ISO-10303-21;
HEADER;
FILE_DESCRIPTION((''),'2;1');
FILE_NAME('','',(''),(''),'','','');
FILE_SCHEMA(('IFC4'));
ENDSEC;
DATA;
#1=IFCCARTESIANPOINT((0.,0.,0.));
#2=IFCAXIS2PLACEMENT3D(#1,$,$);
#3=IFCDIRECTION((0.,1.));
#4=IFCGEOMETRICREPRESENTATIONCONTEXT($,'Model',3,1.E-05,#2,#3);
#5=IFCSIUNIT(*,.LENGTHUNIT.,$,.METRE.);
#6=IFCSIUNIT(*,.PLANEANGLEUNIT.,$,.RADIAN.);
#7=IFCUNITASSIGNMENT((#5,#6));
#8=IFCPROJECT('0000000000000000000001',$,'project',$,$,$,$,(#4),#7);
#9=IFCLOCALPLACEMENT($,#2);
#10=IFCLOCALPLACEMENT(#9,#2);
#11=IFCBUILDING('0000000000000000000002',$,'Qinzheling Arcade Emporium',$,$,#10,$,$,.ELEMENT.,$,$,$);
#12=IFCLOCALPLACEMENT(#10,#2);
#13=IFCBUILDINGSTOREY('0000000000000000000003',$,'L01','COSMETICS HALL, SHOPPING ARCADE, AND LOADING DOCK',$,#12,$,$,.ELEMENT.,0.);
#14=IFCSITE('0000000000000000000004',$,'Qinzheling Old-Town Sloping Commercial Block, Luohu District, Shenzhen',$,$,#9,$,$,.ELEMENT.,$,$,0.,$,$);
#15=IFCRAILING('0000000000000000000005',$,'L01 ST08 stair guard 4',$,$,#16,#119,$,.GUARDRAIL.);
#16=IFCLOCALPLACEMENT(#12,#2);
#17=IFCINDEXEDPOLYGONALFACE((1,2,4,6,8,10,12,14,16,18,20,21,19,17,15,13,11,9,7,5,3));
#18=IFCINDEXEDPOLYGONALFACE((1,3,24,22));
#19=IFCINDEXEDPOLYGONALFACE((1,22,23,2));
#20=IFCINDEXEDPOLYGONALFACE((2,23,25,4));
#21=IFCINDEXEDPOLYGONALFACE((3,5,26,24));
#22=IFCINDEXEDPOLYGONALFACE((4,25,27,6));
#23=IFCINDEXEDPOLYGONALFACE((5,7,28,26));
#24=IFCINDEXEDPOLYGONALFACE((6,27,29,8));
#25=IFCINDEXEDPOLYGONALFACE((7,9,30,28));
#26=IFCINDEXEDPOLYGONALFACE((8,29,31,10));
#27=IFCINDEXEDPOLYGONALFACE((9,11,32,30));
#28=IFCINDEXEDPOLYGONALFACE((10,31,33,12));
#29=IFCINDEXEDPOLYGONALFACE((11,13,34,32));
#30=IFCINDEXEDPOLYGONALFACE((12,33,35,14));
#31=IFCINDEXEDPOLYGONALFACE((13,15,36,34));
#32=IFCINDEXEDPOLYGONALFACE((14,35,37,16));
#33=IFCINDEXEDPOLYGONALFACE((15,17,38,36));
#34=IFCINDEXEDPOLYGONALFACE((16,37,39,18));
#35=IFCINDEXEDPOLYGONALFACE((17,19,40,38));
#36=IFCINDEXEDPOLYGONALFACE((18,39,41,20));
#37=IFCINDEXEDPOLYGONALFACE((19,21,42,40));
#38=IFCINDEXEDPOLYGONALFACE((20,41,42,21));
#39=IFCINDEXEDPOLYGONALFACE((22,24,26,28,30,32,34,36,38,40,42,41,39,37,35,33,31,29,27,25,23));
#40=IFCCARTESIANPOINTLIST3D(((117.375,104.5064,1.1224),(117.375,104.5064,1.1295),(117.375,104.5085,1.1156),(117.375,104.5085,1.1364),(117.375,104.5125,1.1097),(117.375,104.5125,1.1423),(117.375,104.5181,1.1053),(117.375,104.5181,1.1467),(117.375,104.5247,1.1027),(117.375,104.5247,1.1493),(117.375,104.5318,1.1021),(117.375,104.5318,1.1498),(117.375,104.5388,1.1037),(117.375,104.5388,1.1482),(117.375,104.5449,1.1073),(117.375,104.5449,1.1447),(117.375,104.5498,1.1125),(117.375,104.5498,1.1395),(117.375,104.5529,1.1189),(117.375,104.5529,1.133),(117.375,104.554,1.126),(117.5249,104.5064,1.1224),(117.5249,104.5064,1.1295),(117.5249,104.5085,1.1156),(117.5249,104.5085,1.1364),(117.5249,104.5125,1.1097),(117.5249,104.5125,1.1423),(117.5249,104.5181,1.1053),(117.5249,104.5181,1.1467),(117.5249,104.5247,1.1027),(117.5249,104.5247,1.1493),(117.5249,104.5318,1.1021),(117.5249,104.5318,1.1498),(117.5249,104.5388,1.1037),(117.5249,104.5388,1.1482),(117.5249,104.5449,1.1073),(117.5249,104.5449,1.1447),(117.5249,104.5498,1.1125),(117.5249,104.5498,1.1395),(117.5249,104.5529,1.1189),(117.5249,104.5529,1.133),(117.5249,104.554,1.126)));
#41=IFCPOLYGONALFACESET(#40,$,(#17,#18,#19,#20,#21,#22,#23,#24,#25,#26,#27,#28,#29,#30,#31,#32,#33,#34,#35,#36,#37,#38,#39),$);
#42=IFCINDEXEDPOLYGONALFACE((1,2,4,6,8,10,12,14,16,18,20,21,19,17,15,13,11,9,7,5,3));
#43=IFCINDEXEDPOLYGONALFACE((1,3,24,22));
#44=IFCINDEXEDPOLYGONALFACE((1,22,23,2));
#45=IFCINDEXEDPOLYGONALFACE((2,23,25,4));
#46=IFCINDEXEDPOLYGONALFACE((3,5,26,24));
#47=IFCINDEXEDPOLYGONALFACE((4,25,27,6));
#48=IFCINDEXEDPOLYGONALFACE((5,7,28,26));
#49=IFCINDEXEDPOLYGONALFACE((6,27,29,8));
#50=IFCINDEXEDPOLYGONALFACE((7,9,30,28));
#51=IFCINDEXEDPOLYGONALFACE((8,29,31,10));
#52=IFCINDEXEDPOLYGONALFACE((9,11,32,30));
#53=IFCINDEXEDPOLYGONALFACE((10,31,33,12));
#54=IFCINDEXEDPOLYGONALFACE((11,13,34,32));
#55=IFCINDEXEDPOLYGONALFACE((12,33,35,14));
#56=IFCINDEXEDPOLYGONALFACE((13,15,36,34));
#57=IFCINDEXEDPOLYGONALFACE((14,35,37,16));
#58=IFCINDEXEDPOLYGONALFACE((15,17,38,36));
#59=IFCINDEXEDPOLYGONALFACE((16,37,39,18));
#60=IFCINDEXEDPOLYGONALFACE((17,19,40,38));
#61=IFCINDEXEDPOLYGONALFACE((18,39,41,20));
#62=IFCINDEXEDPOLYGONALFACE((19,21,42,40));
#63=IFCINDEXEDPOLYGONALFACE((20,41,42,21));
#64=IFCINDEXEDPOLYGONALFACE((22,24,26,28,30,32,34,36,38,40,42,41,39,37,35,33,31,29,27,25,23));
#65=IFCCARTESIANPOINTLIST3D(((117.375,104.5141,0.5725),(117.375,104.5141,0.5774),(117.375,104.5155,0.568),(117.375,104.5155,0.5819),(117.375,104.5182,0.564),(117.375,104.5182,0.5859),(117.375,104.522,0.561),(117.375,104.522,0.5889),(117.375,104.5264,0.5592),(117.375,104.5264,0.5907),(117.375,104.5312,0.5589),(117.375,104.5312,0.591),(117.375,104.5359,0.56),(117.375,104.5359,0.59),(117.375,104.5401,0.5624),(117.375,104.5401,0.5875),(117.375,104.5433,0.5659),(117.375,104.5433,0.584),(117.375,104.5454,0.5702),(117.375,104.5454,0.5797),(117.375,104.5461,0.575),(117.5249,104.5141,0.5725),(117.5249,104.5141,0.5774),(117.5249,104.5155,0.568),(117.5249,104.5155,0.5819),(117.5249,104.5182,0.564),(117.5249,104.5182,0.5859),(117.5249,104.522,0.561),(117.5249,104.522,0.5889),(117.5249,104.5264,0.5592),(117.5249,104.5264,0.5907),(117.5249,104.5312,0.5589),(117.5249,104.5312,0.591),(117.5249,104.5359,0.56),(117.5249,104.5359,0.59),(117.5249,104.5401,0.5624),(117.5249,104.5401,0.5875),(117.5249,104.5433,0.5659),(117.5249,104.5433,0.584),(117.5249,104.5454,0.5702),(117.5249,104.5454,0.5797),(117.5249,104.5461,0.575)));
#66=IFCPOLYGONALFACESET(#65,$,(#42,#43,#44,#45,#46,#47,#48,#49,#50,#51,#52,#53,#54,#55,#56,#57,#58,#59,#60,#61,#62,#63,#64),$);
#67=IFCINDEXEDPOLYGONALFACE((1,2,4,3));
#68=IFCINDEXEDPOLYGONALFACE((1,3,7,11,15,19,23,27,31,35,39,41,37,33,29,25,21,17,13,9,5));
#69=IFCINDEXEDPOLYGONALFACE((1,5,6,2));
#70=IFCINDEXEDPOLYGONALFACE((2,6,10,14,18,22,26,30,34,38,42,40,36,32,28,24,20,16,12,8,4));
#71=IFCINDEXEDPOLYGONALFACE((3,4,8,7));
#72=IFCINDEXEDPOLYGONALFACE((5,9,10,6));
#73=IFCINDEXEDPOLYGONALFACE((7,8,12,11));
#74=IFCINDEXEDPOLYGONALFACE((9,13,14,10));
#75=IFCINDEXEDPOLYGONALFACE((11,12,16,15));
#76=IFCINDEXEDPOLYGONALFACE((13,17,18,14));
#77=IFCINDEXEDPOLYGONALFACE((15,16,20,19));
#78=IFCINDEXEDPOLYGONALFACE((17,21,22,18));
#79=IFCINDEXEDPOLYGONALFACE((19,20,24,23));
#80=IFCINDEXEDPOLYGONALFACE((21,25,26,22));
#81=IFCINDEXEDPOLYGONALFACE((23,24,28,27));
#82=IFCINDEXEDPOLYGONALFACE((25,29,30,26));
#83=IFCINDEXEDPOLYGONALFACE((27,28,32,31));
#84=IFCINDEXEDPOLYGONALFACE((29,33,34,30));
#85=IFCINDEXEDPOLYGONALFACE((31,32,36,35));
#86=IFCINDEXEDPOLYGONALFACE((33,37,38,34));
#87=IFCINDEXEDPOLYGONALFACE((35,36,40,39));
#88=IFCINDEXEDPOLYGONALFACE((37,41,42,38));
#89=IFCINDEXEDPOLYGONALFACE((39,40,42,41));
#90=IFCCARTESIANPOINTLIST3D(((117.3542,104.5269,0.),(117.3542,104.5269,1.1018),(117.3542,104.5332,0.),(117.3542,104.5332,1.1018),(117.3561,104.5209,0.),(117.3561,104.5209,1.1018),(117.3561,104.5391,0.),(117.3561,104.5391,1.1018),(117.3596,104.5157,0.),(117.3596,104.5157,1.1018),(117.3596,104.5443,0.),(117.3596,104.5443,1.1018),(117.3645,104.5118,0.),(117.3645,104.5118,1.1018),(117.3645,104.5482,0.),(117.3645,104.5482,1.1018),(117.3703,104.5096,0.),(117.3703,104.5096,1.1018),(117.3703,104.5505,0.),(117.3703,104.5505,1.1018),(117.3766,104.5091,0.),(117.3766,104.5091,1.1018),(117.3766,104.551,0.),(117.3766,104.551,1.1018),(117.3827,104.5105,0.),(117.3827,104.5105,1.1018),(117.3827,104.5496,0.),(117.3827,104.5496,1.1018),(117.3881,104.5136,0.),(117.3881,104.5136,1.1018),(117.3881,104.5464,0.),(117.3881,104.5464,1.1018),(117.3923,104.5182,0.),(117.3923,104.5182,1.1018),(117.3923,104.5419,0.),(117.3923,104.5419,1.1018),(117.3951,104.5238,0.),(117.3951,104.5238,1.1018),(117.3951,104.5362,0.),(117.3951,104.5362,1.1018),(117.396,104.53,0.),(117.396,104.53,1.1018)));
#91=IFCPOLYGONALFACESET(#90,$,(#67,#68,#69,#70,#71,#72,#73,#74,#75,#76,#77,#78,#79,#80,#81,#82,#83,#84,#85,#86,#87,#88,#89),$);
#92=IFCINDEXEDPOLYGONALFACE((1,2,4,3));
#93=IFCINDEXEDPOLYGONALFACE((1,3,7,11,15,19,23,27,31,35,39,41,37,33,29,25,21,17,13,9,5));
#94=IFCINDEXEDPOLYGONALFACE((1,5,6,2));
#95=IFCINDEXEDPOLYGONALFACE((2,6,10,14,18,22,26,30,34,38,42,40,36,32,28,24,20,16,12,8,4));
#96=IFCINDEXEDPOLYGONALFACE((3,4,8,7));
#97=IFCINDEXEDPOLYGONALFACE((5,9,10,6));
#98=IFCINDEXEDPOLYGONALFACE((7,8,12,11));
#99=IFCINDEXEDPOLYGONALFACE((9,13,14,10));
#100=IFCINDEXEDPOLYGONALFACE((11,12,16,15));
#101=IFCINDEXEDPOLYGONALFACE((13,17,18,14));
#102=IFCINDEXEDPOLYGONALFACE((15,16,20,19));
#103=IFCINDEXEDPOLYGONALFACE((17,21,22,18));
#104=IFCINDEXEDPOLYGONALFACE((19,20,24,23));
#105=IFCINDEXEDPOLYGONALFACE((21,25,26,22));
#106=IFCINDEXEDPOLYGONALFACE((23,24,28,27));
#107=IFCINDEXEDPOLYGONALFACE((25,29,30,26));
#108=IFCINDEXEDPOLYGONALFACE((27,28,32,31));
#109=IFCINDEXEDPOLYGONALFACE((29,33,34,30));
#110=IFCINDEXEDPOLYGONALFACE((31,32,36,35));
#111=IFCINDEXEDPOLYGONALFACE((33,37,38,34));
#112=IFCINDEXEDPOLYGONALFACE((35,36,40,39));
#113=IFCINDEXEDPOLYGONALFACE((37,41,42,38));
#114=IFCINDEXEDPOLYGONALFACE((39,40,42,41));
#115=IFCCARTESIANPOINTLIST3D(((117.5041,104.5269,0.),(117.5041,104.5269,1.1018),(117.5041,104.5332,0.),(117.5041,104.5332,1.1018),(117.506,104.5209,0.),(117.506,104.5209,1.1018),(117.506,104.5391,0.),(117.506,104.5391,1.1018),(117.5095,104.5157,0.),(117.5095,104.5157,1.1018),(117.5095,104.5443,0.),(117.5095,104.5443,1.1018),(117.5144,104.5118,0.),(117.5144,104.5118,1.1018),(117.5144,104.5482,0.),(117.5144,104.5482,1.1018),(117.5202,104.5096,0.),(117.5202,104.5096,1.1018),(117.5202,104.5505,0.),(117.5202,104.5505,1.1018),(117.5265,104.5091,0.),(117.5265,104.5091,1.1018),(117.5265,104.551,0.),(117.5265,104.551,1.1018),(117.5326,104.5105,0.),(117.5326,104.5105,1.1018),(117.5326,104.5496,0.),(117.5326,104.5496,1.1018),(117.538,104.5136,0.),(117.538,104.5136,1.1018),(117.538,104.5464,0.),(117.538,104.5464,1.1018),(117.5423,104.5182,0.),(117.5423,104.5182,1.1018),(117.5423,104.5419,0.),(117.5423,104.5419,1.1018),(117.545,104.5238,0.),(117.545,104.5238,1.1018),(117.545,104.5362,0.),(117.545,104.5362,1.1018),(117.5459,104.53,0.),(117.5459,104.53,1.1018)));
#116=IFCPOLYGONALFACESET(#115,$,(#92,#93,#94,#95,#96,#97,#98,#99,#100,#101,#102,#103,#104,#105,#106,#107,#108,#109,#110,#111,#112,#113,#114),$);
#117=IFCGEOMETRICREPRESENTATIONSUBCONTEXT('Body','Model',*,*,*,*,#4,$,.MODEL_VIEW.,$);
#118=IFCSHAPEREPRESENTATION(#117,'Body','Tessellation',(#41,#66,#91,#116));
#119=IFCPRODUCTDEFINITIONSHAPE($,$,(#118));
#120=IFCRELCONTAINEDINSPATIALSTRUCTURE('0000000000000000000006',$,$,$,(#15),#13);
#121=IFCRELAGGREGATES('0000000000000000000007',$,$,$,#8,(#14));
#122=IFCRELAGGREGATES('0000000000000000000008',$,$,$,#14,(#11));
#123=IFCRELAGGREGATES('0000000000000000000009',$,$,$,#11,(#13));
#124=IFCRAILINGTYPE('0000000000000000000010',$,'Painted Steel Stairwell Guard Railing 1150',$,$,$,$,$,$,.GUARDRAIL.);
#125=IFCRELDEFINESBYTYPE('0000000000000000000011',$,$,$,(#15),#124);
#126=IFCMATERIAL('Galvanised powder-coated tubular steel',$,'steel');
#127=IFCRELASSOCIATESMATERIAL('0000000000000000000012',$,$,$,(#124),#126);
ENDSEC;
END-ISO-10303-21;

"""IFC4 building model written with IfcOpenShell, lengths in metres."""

from ifc_helpers import new_model, si_unit, direction, frame, origin, origin_2d, place, context, subcontext, project, spatial, circle, extrude, material, type_object, element, save


model = new_model("IFC4")

# Units and contexts
model_context = context("Model", 3, precision=1e-05, world=origin(), true_north=direction((0.0, 1.0)))
body_context = subcontext(model_context, "Body", "Model", "MODEL_VIEW")
ifc_project = project(units=[si_unit("LENGTHUNIT", "METRE"), si_unit("PLANEANGLEUNIT", "RADIAN")], contexts=[model_context])

# Site, building, storey
site_placement = place(None, origin())
site = spatial("IfcSite", under=ifc_project, at=site_placement, Name="Qinzheling Old-Town Sloping Commercial Block, Luohu District, Shenzhen", CompositionType="ELEMENT", RefElevation=0.0)
building_placement = place(site_placement, origin())
building = spatial("IfcBuilding", under=site, at=building_placement, Name="Qinzheling Arcade Emporium", CompositionType="ELEMENT")
storey_placement = place(building_placement, origin())
storey = spatial("IfcBuildingStorey", under=building, at=storey_placement, Name="L01", Description="COSMETICS HALL, SHOPPING ARCADE, AND LOADING DOCK", CompositionType="ELEMENT", Elevation=0.0)

# Railing
ifc_material_1 = material(Name="Galvanised powder-coated tubular steel", Category="steel")
railing_type_1 = type_object("IfcRailingType", Name="Painted Steel Stairwell Guard Railing 1150", PredefinedType="GUARDRAIL", material=ifc_material_1)
railing_1_placement = place(storey_placement, frame((117.375, 104.53, 0.0)))
element("IfcRailing", 1, at=railing_1_placement, inside=storey, type_object=railing_type_1, Name="L01 ST08 stair guard 4", PredefinedType="GUARDRAIL", context=body_context, shape_type="SweptSolid", body=[
    extrude(circle(Radius=0.0239, at=origin_2d()), frame((0.0, 0.0, 1.126), z_axis=(1.0, 0.0, 0.0), x_axis=(0.0, 1.0, 0.0)), (0.0, 0.0, 1.0), 0.1499),
    extrude(circle(Radius=0.0161, at=origin_2d()), frame((0.0, 0.0, 0.575), z_axis=(1.0, 0.0, 0.0), x_axis=(0.0, 1.0, 0.0)), (0.0, 0.0, 1.0), 0.1499),
    extrude(circle(Radius=0.021, at=origin_2d()), origin(), (0.0, 0.0, 1.0), 1.1018),
    extrude(circle(Radius=0.021, at=origin_2d()), frame((0.1499, 0.0, 0.0)), (0.0, 0.0, 1.0), 1.1018),
])

save(model, "model.ifc")
